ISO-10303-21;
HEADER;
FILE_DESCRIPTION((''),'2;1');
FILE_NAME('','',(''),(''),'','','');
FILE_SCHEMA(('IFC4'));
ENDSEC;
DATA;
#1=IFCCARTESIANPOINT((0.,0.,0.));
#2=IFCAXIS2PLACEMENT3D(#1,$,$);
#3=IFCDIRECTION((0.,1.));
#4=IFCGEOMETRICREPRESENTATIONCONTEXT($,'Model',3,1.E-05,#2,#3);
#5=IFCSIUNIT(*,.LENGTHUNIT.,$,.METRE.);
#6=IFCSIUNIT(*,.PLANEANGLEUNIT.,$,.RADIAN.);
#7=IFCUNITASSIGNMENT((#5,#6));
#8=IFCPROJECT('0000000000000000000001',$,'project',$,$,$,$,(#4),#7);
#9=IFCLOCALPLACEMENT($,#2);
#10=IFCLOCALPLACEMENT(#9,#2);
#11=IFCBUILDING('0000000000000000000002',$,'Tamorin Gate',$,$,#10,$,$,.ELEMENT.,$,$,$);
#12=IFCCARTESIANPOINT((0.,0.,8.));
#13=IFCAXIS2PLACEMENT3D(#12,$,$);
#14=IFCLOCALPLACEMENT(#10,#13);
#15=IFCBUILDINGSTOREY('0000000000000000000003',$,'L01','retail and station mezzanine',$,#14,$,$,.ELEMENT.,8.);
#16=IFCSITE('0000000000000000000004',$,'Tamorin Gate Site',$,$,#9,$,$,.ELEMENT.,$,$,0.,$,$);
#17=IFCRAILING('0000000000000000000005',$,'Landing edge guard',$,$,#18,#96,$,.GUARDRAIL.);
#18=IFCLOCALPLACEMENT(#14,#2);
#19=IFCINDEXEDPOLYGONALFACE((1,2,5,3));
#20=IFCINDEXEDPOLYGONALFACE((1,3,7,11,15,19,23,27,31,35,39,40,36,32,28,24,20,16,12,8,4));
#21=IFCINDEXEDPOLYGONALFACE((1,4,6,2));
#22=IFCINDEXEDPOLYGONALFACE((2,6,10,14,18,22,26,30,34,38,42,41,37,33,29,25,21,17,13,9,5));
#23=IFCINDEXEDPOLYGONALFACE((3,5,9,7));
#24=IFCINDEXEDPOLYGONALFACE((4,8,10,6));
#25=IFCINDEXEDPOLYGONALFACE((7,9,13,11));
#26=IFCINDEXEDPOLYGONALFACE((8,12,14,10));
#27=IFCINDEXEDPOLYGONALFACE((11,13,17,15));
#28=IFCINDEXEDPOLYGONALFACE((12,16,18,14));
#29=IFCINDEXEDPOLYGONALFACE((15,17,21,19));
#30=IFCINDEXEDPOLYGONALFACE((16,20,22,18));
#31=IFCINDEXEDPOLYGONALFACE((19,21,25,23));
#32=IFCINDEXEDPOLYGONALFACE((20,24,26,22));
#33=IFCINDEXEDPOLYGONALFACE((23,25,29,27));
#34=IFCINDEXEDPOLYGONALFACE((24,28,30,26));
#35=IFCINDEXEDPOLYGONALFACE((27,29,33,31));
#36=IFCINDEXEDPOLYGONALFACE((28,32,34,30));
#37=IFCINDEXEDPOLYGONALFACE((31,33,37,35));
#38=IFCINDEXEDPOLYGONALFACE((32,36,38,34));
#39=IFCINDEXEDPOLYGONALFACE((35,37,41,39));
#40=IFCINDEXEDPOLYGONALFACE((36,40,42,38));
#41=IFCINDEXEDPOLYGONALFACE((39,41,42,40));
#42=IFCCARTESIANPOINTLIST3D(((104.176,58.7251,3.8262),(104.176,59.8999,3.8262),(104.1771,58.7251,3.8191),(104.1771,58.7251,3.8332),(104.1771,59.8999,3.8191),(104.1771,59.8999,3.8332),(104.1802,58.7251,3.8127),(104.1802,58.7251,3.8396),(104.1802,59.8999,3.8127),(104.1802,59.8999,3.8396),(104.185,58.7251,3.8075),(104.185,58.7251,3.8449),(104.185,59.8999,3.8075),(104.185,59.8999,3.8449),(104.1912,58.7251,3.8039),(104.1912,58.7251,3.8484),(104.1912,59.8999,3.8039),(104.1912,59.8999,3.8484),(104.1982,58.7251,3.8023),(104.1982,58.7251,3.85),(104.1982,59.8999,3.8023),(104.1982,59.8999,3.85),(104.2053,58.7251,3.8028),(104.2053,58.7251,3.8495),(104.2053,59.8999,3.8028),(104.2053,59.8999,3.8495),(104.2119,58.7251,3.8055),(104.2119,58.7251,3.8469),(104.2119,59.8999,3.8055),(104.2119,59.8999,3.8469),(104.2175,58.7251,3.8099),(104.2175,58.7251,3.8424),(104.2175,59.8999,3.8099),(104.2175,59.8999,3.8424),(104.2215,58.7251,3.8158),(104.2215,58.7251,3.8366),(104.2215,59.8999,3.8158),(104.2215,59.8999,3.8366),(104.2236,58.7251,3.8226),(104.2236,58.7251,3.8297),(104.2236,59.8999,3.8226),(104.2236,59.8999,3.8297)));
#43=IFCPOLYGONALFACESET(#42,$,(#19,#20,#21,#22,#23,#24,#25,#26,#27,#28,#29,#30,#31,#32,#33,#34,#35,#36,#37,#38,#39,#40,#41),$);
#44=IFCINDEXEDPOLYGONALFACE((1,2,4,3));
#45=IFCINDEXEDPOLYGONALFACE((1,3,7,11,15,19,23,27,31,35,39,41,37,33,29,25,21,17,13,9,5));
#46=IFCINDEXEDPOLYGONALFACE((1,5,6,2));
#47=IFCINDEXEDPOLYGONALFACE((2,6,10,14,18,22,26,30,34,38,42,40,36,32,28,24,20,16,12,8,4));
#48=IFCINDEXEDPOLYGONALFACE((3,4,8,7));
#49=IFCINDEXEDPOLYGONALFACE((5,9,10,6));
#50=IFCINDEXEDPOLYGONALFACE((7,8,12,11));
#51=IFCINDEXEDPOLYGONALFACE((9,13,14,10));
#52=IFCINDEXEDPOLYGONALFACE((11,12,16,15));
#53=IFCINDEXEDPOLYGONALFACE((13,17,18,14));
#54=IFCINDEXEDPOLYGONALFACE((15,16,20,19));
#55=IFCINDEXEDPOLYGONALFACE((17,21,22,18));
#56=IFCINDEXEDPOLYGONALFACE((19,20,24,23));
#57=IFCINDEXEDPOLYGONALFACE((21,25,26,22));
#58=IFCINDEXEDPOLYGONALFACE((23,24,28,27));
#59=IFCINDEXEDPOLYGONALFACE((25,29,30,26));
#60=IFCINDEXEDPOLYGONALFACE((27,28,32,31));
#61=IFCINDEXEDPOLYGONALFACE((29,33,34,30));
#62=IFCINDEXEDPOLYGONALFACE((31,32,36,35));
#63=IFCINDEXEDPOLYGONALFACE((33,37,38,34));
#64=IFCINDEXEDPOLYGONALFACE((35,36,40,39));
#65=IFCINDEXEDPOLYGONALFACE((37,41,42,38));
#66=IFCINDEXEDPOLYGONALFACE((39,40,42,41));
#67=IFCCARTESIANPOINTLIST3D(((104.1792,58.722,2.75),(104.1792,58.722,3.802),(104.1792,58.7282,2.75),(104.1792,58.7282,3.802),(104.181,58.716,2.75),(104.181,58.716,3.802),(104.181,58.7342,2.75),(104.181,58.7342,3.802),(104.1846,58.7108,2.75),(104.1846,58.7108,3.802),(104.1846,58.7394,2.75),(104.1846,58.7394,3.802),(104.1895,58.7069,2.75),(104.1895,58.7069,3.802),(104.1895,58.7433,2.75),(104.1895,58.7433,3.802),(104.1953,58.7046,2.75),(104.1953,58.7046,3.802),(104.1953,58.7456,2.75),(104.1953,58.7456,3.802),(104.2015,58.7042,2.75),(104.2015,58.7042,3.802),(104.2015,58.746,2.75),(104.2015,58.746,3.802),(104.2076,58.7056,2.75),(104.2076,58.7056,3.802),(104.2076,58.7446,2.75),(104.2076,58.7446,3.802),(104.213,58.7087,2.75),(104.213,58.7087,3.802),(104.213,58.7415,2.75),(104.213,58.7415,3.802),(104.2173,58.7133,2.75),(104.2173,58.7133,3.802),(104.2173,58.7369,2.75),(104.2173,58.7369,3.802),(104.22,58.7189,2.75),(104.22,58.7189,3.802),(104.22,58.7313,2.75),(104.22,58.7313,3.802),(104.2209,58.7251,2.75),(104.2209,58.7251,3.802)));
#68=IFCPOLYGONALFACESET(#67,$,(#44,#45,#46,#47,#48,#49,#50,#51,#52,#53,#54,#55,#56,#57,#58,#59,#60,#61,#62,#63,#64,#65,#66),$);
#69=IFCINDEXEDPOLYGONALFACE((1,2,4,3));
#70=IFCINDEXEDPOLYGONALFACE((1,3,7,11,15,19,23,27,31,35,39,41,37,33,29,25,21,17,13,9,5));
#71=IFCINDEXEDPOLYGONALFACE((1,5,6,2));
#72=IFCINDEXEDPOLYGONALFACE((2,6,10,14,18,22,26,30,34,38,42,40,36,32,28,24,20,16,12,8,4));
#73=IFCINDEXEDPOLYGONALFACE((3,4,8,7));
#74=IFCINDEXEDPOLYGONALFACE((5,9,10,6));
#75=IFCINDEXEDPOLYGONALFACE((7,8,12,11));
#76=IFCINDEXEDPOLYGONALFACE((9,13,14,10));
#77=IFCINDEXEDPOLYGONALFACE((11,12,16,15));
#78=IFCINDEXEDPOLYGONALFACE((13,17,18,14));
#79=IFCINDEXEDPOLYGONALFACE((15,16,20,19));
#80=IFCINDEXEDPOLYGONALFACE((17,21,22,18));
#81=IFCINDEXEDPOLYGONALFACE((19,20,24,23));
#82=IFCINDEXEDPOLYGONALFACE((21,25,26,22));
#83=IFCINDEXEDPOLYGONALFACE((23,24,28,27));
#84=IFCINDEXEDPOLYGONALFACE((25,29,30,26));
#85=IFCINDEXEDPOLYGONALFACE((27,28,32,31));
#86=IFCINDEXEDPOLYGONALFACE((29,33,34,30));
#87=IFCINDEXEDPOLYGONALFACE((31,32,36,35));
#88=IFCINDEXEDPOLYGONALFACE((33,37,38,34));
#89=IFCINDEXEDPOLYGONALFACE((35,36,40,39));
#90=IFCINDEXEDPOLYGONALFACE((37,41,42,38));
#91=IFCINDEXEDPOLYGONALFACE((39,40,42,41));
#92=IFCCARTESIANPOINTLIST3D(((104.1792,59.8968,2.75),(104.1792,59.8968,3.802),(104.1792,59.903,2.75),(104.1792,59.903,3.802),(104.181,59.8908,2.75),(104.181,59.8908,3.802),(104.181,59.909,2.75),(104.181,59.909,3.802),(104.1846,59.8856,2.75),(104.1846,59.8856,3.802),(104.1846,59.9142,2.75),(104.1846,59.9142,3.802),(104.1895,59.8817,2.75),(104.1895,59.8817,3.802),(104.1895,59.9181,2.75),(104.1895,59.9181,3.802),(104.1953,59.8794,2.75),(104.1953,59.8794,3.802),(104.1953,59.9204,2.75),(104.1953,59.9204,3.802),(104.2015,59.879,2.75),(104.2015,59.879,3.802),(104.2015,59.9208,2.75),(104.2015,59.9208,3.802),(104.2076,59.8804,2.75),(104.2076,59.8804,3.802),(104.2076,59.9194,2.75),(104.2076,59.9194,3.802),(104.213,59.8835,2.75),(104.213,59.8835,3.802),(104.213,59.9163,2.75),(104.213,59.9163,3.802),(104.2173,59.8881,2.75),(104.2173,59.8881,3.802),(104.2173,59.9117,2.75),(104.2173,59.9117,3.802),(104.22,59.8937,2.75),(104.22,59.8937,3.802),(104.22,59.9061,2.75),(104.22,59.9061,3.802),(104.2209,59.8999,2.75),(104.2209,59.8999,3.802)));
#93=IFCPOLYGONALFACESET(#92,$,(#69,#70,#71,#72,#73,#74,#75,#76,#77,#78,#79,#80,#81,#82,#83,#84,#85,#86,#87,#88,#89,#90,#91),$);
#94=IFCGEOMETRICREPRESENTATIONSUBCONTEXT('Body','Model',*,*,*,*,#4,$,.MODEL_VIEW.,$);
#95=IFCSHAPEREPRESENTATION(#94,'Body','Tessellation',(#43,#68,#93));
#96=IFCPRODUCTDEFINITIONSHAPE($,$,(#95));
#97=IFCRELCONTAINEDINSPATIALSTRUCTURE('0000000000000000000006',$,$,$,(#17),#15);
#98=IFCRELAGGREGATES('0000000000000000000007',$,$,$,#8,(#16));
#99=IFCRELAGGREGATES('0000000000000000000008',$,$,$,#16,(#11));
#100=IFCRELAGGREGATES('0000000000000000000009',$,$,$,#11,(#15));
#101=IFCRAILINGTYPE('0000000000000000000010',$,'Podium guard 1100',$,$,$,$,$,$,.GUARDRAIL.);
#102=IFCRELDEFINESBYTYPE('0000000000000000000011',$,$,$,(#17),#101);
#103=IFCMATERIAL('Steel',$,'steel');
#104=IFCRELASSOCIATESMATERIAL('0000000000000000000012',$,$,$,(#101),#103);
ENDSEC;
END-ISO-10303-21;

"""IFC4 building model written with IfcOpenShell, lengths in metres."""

from ifc_helpers import new_model, si_unit, direction, frame, origin, origin_2d, place, context, subcontext, project, spatial, circle, extrude, material, type_object, element, save


model = new_model("IFC4")

# Units and contexts
model_context = context("Model", 3, precision=1e-05, world=origin(), true_north=direction((0.0, 1.0)))
body_context = subcontext(model_context, "Body", "Model", "MODEL_VIEW")
ifc_project = project(units=[si_unit("LENGTHUNIT", "METRE"), si_unit("PLANEANGLEUNIT", "RADIAN")], contexts=[model_context])

# Site, building, storey
site_placement = place(None, origin())
site = spatial("IfcSite", under=ifc_project, at=site_placement, Name="Tamorin Gate Site", CompositionType="ELEMENT", RefElevation=0.0)
building_placement = place(site_placement, origin())
building = spatial("IfcBuilding", under=site, at=building_placement, Name="Tamorin Gate", CompositionType="ELEMENT")
storey_placement = place(building_placement, frame((0.0, 0.0, 8.0)))
storey = spatial("IfcBuildingStorey", under=building, at=storey_placement, Name="L01", Description="retail and station mezzanine", CompositionType="ELEMENT", Elevation=8.0)

# Railing
ifc_material_1 = material(Name="Steel", Category="steel")
railing_type_1 = type_object("IfcRailingType", Name="Podium guard 1100", PredefinedType="GUARDRAIL", material=ifc_material_1)
railing_1_placement = place(storey_placement, frame((104.2, 58.7251, 2.75)))
element("IfcRailing", 1, at=railing_1_placement, inside=storey, type_object=railing_type_1, Name="Landing edge guard", PredefinedType="GUARDRAIL", context=body_context, shape_type="SweptSolid", body=[
    extrude(circle(Radius=0.0239, at=origin_2d()), frame((0.0, 0.0, 1.0762), z_axis=(0.0, 1.0, 0.0), x_axis=(-1.0, 0.0, 0.0)), (0.0, 0.0, 1.0), 1.1748),
    extrude(circle(Radius=0.021, at=origin_2d()), origin(), (0.0, 0.0, 1.0), 1.052),
    extrude(circle(Radius=0.021, at=origin_2d()), frame((0.0, 1.1748, 0.0)), (0.0, 0.0, 1.0), 1.052),
])

save(model, "model.ifc")
